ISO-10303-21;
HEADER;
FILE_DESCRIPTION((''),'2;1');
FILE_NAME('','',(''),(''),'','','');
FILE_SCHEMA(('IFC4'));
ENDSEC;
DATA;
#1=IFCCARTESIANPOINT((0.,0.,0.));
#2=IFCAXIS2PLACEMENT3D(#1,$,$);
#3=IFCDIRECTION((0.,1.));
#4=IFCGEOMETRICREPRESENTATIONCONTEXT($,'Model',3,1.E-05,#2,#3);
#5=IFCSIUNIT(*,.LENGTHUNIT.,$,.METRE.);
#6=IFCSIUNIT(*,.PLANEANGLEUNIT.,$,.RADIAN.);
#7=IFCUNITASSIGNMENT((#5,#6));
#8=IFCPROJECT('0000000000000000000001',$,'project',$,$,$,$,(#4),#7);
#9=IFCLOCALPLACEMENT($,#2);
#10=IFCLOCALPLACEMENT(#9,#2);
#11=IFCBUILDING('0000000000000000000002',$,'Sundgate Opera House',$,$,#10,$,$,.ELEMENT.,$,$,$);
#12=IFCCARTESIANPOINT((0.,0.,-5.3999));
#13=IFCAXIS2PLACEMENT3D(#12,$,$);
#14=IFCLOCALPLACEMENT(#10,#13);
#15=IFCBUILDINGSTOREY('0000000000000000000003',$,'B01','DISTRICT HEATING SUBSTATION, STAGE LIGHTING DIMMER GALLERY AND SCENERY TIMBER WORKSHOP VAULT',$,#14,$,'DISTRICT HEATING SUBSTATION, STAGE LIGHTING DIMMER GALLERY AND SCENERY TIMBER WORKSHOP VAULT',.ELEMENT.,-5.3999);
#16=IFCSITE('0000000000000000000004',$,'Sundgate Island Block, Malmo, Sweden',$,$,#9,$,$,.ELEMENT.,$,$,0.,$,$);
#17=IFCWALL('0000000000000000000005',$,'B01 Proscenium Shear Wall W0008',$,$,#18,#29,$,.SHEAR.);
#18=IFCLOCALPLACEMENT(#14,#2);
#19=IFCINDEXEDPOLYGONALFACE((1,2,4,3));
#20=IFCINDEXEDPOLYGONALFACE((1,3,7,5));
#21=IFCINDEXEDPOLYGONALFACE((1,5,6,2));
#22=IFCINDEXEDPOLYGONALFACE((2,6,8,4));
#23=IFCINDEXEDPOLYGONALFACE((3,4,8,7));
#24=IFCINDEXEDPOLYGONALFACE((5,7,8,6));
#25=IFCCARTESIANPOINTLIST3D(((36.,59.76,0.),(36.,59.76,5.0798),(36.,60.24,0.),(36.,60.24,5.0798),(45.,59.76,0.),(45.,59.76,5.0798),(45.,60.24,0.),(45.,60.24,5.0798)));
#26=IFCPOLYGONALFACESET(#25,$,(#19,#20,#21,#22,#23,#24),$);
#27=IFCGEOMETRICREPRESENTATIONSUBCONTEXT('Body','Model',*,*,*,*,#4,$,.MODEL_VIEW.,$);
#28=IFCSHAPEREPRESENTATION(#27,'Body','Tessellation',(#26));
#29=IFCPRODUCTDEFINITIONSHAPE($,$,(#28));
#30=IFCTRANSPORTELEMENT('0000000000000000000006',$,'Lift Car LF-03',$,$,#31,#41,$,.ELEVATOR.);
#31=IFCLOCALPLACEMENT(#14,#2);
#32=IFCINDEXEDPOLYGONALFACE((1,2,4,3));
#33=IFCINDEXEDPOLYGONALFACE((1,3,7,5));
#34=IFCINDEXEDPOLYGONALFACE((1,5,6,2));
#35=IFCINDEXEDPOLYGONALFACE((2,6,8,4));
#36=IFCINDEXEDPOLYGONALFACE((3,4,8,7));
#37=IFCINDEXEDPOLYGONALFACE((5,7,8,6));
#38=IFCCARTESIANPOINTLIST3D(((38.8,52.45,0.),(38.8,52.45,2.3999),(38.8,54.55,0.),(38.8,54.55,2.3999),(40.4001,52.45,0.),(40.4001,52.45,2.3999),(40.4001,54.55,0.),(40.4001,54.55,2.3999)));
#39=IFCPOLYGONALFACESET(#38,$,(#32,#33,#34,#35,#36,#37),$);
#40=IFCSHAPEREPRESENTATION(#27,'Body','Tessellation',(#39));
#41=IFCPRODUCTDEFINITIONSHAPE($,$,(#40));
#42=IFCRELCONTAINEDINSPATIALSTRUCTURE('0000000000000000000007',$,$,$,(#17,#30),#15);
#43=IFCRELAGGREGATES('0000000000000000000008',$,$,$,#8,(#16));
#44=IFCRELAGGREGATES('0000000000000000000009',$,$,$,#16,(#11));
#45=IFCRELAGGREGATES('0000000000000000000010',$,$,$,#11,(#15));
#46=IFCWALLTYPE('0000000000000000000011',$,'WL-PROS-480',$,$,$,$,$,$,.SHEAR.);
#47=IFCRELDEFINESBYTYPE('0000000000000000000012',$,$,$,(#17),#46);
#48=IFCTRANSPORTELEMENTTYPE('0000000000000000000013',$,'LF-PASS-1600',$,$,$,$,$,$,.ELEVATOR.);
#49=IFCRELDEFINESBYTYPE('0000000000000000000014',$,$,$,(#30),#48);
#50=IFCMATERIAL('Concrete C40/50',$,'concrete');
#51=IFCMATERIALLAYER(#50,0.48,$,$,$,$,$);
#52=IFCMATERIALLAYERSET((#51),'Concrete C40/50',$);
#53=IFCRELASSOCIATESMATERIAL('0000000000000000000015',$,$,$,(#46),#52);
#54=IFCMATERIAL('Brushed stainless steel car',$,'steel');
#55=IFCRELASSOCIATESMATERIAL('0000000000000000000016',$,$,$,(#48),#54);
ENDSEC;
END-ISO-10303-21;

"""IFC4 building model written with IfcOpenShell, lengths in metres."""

from ifc_helpers import new_model, si_unit, direction, frame, frame_2d, origin, origin_2d, place, context, subcontext, project, spatial, rectangle, extrude, material, layer, layer_set, type_object, element, save


model = new_model("IFC4")

# Units and contexts
model_context = context("Model", 3, precision=1e-05, world=origin(), true_north=direction((0.0, 1.0)))
body_context = subcontext(model_context, "Body", "Model", "MODEL_VIEW")
ifc_project = project(units=[si_unit("LENGTHUNIT", "METRE"), si_unit("PLANEANGLEUNIT", "RADIAN")], contexts=[model_context])

# Site, building, storey
site_placement = place(None, origin())
site = spatial("IfcSite", under=ifc_project, at=site_placement, Name="Sundgate Island Block, Malmo, Sweden", CompositionType="ELEMENT", RefElevation=0.0)
building_placement = place(site_placement, origin())
building = spatial("IfcBuilding", under=site, at=building_placement, Name="Sundgate Opera House", CompositionType="ELEMENT")
storey_placement = place(building_placement, frame((0.0, 0.0, -5.3999)))
storey = spatial("IfcBuildingStorey", under=building, at=storey_placement, Name="B01", Description="DISTRICT HEATING SUBSTATION, STAGE LIGHTING DIMMER GALLERY AND SCENERY TIMBER WORKSHOP VAULT", LongName="DISTRICT HEATING SUBSTATION, STAGE LIGHTING DIMMER GALLERY AND SCENERY TIMBER WORKSHOP VAULT", CompositionType="ELEMENT", Elevation=-5.3999)

# Wall
ifc_material_1 = material(Name="Concrete C40/50", Category="concrete")
ifc_layer_1 = layer(ifc_material_1, 0.48)
ifc_layer_set_1 = layer_set([ifc_layer_1], Name="Concrete C40/50")
wall_type_1 = type_object("IfcWallType", Name="WL-PROS-480", PredefinedType="SHEAR", material=ifc_layer_set_1)
wall_1_placement = place(storey_placement, frame((36.0, 60.0, 0.0), z_axis=(0.0, 0.0, 1.0), x_axis=(1.0, 0.0, 0.0)))
element("IfcWall", 1, at=wall_1_placement, inside=storey, type_object=wall_type_1, Name="B01 Proscenium Shear Wall W0008", PredefinedType="SHEAR", context=body_context, shape_type="SweptSolid", body=[
    extrude(rectangle(XDim=9.0, YDim=0.48, at=frame_2d((4.5, 0.0))), origin(), (0.0, 0.0, 1.0), 5.0798),
])

# Transport element
ifc_material_2 = material(Name="Brushed stainless steel car", Category="steel")
transport_element_type = type_object("IfcTransportElementType", Name="LF-PASS-1600", PredefinedType="ELEVATOR", material=ifc_material_2)
transport_element_placement = place(storey_placement, frame((39.6001, 53.5, 0.0), z_axis=(0.0, 0.0, 1.0), x_axis=(1.0, 0.0, 0.0)))
element("IfcTransportElement", 2, at=transport_element_placement, inside=storey, type_object=transport_element_type, Name="Lift Car LF-03", PredefinedType="ELEVATOR", context=body_context, shape_type="SweptSolid", body=[
    extrude(rectangle(XDim=1.6001, YDim=2.1001, at=origin_2d()), origin(), (0.0, 0.0, 1.0), 2.3999),
])

save(model, "model.ifc")
